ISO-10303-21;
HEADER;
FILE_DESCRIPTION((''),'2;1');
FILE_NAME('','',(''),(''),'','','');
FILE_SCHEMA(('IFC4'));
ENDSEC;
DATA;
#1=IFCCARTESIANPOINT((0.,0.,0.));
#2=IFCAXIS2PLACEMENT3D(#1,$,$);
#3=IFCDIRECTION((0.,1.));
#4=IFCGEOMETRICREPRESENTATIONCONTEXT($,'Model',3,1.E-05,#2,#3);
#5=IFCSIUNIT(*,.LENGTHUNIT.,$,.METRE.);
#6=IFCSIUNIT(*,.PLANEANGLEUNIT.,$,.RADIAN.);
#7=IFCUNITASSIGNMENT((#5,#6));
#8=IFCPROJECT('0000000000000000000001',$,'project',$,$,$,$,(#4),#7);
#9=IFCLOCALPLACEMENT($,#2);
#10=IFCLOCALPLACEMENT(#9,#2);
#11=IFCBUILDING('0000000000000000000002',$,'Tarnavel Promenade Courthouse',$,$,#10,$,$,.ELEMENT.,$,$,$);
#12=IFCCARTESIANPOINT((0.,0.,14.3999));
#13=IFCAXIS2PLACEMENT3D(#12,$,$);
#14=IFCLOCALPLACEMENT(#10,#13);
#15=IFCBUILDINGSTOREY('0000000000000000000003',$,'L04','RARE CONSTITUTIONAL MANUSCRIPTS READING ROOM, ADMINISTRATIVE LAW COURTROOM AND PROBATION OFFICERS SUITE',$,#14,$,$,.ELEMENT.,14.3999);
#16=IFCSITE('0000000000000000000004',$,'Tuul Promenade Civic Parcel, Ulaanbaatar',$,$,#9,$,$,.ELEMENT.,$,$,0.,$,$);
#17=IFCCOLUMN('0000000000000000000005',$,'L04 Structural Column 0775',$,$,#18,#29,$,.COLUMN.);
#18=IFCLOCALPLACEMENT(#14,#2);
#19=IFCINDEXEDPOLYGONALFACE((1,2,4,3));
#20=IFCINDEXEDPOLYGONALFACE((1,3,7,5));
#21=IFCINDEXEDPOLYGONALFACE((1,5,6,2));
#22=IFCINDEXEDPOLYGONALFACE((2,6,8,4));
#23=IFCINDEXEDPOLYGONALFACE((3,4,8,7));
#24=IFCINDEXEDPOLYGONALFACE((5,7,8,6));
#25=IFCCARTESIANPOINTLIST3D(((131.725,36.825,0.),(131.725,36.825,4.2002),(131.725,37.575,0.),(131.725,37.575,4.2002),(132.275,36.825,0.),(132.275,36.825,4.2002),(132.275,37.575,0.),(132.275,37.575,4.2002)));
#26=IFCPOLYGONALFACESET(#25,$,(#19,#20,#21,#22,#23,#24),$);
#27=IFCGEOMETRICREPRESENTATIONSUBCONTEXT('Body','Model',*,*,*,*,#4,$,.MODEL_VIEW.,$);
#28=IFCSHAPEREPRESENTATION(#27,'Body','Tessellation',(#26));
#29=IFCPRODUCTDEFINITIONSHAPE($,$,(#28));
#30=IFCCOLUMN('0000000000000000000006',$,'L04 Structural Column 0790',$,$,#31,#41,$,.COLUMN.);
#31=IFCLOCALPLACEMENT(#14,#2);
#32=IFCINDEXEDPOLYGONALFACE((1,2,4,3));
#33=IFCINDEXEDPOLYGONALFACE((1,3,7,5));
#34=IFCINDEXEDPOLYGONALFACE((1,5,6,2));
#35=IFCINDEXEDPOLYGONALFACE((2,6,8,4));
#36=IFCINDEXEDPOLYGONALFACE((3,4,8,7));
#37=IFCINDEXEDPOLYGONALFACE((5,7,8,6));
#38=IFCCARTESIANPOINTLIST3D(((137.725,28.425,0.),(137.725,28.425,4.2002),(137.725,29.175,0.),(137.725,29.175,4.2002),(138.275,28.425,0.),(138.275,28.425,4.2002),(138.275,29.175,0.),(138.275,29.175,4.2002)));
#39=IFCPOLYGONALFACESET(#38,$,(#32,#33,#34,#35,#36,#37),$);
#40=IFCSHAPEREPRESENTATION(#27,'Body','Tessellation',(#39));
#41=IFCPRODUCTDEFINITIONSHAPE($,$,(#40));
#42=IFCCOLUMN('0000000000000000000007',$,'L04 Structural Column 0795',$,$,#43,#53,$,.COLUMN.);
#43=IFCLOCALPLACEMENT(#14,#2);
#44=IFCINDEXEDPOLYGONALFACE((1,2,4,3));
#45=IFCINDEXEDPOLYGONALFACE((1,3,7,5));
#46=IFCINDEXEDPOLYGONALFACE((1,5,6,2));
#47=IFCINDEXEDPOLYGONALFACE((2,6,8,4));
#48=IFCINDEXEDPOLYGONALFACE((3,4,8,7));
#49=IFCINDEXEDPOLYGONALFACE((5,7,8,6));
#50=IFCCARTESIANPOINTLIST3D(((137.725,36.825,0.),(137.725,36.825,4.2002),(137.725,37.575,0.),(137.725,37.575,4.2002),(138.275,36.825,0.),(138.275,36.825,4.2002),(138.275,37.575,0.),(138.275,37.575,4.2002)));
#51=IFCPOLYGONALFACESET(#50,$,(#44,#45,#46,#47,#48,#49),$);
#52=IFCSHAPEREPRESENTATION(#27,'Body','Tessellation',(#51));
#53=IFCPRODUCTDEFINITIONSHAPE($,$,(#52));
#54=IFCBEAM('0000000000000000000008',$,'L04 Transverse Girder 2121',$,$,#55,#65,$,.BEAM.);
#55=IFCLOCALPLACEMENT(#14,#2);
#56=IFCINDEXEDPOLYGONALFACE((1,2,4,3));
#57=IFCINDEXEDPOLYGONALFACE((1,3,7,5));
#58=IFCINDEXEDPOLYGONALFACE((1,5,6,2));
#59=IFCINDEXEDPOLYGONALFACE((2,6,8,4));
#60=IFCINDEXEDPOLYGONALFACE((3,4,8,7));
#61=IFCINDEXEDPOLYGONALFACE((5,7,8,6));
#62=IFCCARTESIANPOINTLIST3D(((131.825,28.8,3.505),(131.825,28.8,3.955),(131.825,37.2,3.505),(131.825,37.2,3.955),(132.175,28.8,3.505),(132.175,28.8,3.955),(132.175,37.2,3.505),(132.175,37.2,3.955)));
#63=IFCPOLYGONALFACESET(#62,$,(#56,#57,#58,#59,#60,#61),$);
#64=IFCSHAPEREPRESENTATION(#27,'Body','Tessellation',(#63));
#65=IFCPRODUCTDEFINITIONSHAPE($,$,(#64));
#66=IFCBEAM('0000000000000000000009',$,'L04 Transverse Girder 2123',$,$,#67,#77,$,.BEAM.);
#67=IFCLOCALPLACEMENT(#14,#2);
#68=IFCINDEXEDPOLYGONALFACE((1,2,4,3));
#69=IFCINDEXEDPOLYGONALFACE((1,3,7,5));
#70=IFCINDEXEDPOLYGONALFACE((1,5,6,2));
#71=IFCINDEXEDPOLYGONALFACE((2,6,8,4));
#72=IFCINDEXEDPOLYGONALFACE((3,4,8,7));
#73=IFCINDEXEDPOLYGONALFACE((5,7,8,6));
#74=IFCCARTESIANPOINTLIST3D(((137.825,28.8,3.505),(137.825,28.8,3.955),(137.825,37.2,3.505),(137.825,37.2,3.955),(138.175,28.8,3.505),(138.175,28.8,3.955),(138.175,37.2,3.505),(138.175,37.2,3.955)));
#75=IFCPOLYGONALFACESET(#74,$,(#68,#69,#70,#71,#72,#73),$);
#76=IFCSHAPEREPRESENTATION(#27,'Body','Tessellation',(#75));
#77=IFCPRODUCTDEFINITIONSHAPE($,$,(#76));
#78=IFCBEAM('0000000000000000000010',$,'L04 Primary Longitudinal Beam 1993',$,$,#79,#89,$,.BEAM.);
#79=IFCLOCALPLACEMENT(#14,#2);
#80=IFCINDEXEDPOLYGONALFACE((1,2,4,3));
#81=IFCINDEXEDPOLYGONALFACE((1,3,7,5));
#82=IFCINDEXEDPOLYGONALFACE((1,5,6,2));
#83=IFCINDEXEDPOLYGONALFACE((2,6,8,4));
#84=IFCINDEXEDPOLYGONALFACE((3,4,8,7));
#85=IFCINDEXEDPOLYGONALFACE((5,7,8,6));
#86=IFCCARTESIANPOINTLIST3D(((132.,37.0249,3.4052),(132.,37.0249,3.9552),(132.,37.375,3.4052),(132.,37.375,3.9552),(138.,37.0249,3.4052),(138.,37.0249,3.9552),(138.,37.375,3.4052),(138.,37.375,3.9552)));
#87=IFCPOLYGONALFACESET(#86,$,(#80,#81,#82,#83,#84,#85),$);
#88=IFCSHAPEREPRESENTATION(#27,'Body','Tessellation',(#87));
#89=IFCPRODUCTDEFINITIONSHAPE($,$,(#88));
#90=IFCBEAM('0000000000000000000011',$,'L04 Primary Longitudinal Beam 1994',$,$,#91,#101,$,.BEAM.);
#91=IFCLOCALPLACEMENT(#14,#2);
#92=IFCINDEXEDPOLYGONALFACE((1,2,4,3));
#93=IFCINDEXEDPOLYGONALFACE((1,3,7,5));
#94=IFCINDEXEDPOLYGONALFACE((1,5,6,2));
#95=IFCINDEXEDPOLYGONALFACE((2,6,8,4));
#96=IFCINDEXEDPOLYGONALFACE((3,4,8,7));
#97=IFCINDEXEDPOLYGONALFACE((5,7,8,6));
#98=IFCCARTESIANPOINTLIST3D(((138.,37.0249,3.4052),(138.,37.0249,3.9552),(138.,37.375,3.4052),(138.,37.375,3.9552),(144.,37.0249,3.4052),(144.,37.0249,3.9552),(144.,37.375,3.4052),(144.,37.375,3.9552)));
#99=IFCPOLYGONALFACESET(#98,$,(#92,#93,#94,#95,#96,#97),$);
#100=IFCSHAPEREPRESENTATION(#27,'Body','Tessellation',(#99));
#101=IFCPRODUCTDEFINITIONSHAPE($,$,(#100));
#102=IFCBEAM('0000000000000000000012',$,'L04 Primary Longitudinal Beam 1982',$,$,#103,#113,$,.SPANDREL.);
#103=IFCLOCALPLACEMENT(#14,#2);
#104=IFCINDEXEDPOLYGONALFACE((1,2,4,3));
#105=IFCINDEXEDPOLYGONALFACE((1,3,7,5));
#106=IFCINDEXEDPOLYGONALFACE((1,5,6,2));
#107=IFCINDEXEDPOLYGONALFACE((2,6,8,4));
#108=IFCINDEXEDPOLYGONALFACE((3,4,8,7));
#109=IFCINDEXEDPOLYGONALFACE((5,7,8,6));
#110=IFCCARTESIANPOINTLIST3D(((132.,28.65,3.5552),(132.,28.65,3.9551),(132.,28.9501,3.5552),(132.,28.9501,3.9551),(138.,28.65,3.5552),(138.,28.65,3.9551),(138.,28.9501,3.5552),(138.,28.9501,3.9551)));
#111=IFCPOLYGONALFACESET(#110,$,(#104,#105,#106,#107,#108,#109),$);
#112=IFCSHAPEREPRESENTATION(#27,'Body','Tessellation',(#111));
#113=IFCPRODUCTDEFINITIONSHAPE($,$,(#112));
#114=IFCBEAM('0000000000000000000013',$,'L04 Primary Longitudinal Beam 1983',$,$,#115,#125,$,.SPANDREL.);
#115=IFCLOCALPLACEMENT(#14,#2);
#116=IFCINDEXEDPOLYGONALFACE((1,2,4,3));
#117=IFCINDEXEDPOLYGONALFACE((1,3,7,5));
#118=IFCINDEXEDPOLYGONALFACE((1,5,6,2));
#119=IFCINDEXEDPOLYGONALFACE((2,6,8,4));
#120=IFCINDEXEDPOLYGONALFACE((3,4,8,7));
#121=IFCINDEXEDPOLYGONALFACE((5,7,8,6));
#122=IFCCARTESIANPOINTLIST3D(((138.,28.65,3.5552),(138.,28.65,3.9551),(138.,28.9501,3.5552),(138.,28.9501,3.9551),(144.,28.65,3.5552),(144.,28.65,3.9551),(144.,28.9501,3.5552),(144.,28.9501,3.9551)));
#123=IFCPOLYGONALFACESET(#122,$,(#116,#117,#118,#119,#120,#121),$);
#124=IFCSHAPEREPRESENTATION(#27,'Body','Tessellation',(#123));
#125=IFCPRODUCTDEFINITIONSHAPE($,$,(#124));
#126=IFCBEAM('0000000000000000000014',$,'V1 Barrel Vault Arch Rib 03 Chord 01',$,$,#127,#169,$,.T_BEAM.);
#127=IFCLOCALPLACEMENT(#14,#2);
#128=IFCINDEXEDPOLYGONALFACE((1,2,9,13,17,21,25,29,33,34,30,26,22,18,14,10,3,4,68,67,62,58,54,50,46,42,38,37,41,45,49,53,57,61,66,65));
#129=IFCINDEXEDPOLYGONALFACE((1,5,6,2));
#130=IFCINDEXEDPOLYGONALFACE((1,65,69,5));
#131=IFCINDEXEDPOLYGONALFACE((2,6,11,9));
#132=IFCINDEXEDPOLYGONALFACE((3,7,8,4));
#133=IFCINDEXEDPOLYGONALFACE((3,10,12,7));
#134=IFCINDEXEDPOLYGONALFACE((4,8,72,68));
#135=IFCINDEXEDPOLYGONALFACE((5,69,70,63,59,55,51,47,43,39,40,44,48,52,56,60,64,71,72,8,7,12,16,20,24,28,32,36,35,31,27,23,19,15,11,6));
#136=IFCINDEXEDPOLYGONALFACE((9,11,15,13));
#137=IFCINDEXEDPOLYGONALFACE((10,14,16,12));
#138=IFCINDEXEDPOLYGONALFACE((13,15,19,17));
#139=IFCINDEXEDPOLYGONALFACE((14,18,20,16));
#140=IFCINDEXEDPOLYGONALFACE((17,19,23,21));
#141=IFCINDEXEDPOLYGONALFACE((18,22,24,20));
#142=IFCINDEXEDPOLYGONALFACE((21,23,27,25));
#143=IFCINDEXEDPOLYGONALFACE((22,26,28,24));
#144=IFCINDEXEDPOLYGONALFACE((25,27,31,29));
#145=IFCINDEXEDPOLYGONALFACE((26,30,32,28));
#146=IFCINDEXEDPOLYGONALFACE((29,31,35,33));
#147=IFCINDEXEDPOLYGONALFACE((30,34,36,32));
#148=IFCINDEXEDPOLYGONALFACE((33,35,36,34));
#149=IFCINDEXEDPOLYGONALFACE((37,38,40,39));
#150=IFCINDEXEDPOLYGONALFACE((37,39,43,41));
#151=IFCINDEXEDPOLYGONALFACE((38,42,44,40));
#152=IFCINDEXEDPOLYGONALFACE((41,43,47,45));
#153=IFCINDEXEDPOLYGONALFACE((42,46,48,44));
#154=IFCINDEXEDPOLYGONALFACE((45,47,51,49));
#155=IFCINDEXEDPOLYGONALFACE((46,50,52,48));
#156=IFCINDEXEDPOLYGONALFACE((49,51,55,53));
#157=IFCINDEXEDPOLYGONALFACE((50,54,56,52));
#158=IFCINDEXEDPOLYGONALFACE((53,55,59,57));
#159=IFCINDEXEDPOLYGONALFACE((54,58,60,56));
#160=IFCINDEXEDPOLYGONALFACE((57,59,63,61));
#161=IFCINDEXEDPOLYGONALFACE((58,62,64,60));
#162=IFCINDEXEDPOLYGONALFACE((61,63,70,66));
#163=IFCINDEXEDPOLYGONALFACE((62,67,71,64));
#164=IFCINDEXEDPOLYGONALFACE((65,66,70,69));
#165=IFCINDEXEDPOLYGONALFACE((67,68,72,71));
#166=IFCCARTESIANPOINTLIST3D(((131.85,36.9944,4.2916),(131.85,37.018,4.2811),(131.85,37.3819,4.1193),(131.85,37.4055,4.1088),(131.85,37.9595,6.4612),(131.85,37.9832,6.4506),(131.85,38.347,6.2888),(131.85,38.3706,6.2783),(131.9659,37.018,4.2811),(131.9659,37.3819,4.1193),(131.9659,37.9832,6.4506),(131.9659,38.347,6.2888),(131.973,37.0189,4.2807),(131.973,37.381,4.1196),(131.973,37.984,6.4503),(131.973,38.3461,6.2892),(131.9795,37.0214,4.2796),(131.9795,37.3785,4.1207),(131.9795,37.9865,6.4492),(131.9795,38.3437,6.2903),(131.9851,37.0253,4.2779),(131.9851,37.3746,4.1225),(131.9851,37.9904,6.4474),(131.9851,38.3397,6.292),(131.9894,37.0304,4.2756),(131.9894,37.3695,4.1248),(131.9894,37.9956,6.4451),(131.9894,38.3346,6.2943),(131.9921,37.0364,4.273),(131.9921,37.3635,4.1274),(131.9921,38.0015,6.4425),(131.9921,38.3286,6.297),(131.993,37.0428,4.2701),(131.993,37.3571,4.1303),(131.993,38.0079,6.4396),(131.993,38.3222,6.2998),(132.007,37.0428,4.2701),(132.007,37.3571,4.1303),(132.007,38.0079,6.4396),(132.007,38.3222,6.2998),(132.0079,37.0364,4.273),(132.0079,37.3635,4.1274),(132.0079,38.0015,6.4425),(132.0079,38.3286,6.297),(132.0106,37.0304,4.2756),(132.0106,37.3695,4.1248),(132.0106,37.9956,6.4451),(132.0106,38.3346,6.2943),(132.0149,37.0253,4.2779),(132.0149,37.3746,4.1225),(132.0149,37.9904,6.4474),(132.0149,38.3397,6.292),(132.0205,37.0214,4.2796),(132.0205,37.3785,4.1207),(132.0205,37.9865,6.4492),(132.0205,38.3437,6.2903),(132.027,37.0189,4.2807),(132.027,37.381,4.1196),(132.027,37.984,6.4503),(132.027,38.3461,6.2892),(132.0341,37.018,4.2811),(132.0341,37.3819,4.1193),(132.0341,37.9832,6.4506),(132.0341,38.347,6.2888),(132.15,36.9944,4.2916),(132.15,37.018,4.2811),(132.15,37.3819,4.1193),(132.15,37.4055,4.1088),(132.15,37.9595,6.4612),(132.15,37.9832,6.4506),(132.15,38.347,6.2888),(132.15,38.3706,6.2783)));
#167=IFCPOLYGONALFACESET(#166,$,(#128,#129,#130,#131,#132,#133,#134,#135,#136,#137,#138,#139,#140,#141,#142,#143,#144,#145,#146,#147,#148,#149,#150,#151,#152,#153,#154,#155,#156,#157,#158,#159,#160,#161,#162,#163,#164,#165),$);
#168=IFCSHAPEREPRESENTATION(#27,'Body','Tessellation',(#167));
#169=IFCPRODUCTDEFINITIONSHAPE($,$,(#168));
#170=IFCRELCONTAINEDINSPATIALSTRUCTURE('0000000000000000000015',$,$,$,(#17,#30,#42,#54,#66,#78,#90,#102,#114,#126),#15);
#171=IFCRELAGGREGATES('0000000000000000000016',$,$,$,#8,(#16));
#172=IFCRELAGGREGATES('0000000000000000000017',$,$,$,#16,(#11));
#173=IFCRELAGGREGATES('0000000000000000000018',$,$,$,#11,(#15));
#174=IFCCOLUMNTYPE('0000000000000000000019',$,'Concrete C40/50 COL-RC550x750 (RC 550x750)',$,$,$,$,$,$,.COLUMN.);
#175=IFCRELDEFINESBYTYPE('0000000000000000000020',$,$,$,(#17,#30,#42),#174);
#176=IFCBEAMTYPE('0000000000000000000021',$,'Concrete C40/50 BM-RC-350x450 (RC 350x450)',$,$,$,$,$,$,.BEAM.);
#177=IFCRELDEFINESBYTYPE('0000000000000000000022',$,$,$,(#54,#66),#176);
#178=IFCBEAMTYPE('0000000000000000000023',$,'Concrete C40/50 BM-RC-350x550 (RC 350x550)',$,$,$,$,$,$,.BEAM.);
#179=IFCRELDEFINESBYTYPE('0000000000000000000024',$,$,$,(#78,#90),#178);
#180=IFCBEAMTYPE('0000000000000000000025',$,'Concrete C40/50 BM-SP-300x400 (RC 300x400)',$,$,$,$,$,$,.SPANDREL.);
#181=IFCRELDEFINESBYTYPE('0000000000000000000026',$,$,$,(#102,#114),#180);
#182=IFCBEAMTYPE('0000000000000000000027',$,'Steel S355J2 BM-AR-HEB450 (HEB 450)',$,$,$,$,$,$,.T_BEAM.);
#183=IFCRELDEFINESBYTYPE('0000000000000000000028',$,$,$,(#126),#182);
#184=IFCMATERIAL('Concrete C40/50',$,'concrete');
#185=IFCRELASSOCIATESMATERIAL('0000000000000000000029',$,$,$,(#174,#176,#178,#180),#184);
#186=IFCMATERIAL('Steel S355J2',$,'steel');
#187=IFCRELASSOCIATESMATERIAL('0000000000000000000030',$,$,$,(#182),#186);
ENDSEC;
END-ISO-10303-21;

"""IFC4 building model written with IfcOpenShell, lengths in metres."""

from ifc_helpers import new_model, si_unit, direction, frame, origin, origin_2d, place, context, subcontext, project, spatial, rectangle, i_section, extrude, material, material_profile, profile_set, type_object, element, save


model = new_model("IFC4")

# Units and contexts
model_context = context("Model", 3, precision=1e-05, world=origin(), true_north=direction((0.0, 1.0)))
body_context = subcontext(model_context, "Body", "Model", "MODEL_VIEW")
ifc_project = project(units=[si_unit("LENGTHUNIT", "METRE"), si_unit("PLANEANGLEUNIT", "RADIAN")], contexts=[model_context])

# Site, building, storey
site_placement = place(None, origin())
site = spatial("IfcSite", under=ifc_project, at=site_placement, Name="Tuul Promenade Civic Parcel, Ulaanbaatar", CompositionType="ELEMENT", RefElevation=0.0)
building_placement = place(site_placement, origin())
building = spatial("IfcBuilding", under=site, at=building_placement, Name="Tarnavel Promenade Courthouse", CompositionType="ELEMENT")
storey_placement = place(building_placement, frame((0.0, 0.0, 14.3999)))
storey = spatial("IfcBuildingStorey", under=building, at=storey_placement, Name="L04", Description="RARE CONSTITUTIONAL MANUSCRIPTS READING ROOM, ADMINISTRATIVE LAW COURTROOM AND PROBATION OFFICERS SUITE", CompositionType="ELEMENT", Elevation=14.3999)

# Columns
ifc_material_1 = material(Name="Concrete C40/50", Category="concrete")
ifc_material_profile_1 = material_profile(ifc_material_1, rectangle(XDim=0.55, YDim=0.75, at=origin_2d()), Name="RC 550x750")
ifc_profile_set_1 = profile_set([ifc_material_profile_1], Name="Concrete C40/50")
column_type = type_object("IfcColumnType", Name="Concrete C40/50 COL-RC550x750 (RC 550x750)", PredefinedType="COLUMN", material=ifc_profile_set_1)
for number, where, z_axis, x_axis, name in (
    (1, (132.0, 37.2, 0.0), (0.0, 0.0, 1.0), (1.0, 0.0, 0.0), "L04 Structural Column 0775"),
    (2, (138.0, 28.8, 0.0), (0.0, 0.0, 1.0), (1.0, 0.0, 0.0), "L04 Structural Column 0790"),
    (3, (138.0, 37.2, 0.0), (0.0, 0.0, 1.0), (1.0, 0.0, 0.0), "L04 Structural Column 0795"),
):
    element("IfcColumn", number, at=place(storey_placement, frame(where, z_axis=z_axis, x_axis=x_axis)), inside=storey, type_object=column_type, Name=name, PredefinedType="COLUMN", context=body_context, shape_type="SweptSolid", body=[
        extrude(rectangle(XDim=0.55, YDim=0.75, at=origin_2d()), origin(), (0.0, 0.0, 1.0), 4.2002),
    ])

# Beams
ifc_material_profile_2 = material_profile(ifc_material_1, rectangle(XDim=0.3501, YDim=0.45, at=origin_2d()), Name="RC 350x450")
ifc_profile_set_2 = profile_set([ifc_material_profile_2], Name="Concrete C40/50")
beam_type_1 = type_object("IfcBeamType", Name="Concrete C40/50 BM-RC-350x450 (RC 350x450)", PredefinedType="BEAM", material=ifc_profile_set_2)
for number, where, z_axis, x_axis, name in (
    (4, (132.0, 28.8, 3.73), (0.0, 1.0, 0.0), (-1.0, 0.0, 0.0), "L04 Transverse Girder 2121"),
    (5, (138.0, 28.8, 3.73), (0.0, 1.0, 0.0), (-1.0, 0.0, 0.0), "L04 Transverse Girder 2123"),
):
    element("IfcBeam", number, at=place(storey_placement, frame(where, z_axis=z_axis, x_axis=x_axis)), inside=storey, type_object=beam_type_1, Name=name, PredefinedType="BEAM", context=body_context, shape_type="SweptSolid", body=[
        extrude(rectangle(XDim=0.3501, YDim=0.45, at=origin_2d()), origin(), (0.0, 0.0, 1.0), 8.3999),
    ])
ifc_material_profile_3 = material_profile(ifc_material_1, rectangle(XDim=0.3501, YDim=0.55, at=origin_2d()), Name="RC 350x550")
ifc_profile_set_3 = profile_set([ifc_material_profile_3], Name="Concrete C40/50")
beam_type_2 = type_object("IfcBeamType", Name="Concrete C40/50 BM-RC-350x550 (RC 350x550)", PredefinedType="BEAM", material=ifc_profile_set_3)
for number, where, z_axis, x_axis, name in (
    (6, (132.0, 37.2, 3.6802), (1.0, 0.0, 0.0), (0.0, 1.0, 0.0), "L04 Primary Longitudinal Beam 1993"),
    (7, (138.0, 37.2, 3.6802), (1.0, 0.0, 0.0), (0.0, 1.0, 0.0), "L04 Primary Longitudinal Beam 1994"),
):
    element("IfcBeam", number, at=place(storey_placement, frame(where, z_axis=z_axis, x_axis=x_axis)), inside=storey, type_object=beam_type_2, Name=name, PredefinedType="BEAM", context=body_context, shape_type="SweptSolid", body=[
        extrude(rectangle(XDim=0.3501, YDim=0.55, at=origin_2d()), origin(), (0.0, 0.0, 1.0), 6.0),
    ])
ifc_material_profile_4 = material_profile(ifc_material_1, rectangle(XDim=0.3, YDim=0.3999, at=origin_2d()), Name="RC 300x400")
ifc_profile_set_4 = profile_set([ifc_material_profile_4], Name="Concrete C40/50")
beam_type_3 = type_object("IfcBeamType", Name="Concrete C40/50 BM-SP-300x400 (RC 300x400)", PredefinedType="SPANDREL", material=ifc_profile_set_4)
for number, where, z_axis, x_axis, name in (
    (8, (132.0, 28.8, 3.7551), (1.0, 0.0, 0.0), (0.0, 1.0, 0.0), "L04 Primary Longitudinal Beam 1982"),
    (9, (138.0, 28.8, 3.7551), (1.0, 0.0, 0.0), (0.0, 1.0, 0.0), "L04 Primary Longitudinal Beam 1983"),
):
    element("IfcBeam", number, at=place(storey_placement, frame(where, z_axis=z_axis, x_axis=x_axis)), inside=storey, type_object=beam_type_3, Name=name, PredefinedType="SPANDREL", context=body_context, shape_type="SweptSolid", body=[
        extrude(rectangle(XDim=0.3, YDim=0.3999, at=origin_2d()), origin(), (0.0, 0.0, 1.0), 6.0),
    ])
ifc_material_2 = material(Name="Steel S355J2", Category="steel")
ifc_material_profile_5 = material_profile(ifc_material_2, i_section(OverallWidth=0.3, OverallDepth=0.45, WebThickness=0.0139, FlangeThickness=0.0259, FilletRadius=0.0271, at=origin_2d()), Name="HEB 450")
ifc_profile_set_5 = profile_set([ifc_material_profile_5], Name="Steel S355J2")
beam_type_4 = type_object("IfcBeamType", Name="Steel S355J2 BM-AR-HEB450 (HEB 450)", PredefinedType="T_BEAM", material=ifc_profile_set_5)
for number, where, z_axis, x_axis, name in (
    (10, (132.0, 37.2, 4.2002), (0.0, 0.406453, 0.913672), (-1.0, 0.0, 0.0), "V1 Barrel Vault Arch Rib 03 Chord 01"),
):
    element("IfcBeam", number, at=place(storey_placement, frame(where, z_axis=z_axis, x_axis=x_axis)), inside=storey, type_object=beam_type_4, Name=name, PredefinedType="T_BEAM", context=body_context, shape_type="SweptSolid", body=[
        extrude(i_section(OverallWidth=0.3, OverallDepth=0.45, WebThickness=0.0139, FlangeThickness=0.0259, FilletRadius=0.0271, at=origin_2d()), origin(), (0.0, 0.0, 1.0), 2.3745),
    ])

save(model, "model.ifc")
